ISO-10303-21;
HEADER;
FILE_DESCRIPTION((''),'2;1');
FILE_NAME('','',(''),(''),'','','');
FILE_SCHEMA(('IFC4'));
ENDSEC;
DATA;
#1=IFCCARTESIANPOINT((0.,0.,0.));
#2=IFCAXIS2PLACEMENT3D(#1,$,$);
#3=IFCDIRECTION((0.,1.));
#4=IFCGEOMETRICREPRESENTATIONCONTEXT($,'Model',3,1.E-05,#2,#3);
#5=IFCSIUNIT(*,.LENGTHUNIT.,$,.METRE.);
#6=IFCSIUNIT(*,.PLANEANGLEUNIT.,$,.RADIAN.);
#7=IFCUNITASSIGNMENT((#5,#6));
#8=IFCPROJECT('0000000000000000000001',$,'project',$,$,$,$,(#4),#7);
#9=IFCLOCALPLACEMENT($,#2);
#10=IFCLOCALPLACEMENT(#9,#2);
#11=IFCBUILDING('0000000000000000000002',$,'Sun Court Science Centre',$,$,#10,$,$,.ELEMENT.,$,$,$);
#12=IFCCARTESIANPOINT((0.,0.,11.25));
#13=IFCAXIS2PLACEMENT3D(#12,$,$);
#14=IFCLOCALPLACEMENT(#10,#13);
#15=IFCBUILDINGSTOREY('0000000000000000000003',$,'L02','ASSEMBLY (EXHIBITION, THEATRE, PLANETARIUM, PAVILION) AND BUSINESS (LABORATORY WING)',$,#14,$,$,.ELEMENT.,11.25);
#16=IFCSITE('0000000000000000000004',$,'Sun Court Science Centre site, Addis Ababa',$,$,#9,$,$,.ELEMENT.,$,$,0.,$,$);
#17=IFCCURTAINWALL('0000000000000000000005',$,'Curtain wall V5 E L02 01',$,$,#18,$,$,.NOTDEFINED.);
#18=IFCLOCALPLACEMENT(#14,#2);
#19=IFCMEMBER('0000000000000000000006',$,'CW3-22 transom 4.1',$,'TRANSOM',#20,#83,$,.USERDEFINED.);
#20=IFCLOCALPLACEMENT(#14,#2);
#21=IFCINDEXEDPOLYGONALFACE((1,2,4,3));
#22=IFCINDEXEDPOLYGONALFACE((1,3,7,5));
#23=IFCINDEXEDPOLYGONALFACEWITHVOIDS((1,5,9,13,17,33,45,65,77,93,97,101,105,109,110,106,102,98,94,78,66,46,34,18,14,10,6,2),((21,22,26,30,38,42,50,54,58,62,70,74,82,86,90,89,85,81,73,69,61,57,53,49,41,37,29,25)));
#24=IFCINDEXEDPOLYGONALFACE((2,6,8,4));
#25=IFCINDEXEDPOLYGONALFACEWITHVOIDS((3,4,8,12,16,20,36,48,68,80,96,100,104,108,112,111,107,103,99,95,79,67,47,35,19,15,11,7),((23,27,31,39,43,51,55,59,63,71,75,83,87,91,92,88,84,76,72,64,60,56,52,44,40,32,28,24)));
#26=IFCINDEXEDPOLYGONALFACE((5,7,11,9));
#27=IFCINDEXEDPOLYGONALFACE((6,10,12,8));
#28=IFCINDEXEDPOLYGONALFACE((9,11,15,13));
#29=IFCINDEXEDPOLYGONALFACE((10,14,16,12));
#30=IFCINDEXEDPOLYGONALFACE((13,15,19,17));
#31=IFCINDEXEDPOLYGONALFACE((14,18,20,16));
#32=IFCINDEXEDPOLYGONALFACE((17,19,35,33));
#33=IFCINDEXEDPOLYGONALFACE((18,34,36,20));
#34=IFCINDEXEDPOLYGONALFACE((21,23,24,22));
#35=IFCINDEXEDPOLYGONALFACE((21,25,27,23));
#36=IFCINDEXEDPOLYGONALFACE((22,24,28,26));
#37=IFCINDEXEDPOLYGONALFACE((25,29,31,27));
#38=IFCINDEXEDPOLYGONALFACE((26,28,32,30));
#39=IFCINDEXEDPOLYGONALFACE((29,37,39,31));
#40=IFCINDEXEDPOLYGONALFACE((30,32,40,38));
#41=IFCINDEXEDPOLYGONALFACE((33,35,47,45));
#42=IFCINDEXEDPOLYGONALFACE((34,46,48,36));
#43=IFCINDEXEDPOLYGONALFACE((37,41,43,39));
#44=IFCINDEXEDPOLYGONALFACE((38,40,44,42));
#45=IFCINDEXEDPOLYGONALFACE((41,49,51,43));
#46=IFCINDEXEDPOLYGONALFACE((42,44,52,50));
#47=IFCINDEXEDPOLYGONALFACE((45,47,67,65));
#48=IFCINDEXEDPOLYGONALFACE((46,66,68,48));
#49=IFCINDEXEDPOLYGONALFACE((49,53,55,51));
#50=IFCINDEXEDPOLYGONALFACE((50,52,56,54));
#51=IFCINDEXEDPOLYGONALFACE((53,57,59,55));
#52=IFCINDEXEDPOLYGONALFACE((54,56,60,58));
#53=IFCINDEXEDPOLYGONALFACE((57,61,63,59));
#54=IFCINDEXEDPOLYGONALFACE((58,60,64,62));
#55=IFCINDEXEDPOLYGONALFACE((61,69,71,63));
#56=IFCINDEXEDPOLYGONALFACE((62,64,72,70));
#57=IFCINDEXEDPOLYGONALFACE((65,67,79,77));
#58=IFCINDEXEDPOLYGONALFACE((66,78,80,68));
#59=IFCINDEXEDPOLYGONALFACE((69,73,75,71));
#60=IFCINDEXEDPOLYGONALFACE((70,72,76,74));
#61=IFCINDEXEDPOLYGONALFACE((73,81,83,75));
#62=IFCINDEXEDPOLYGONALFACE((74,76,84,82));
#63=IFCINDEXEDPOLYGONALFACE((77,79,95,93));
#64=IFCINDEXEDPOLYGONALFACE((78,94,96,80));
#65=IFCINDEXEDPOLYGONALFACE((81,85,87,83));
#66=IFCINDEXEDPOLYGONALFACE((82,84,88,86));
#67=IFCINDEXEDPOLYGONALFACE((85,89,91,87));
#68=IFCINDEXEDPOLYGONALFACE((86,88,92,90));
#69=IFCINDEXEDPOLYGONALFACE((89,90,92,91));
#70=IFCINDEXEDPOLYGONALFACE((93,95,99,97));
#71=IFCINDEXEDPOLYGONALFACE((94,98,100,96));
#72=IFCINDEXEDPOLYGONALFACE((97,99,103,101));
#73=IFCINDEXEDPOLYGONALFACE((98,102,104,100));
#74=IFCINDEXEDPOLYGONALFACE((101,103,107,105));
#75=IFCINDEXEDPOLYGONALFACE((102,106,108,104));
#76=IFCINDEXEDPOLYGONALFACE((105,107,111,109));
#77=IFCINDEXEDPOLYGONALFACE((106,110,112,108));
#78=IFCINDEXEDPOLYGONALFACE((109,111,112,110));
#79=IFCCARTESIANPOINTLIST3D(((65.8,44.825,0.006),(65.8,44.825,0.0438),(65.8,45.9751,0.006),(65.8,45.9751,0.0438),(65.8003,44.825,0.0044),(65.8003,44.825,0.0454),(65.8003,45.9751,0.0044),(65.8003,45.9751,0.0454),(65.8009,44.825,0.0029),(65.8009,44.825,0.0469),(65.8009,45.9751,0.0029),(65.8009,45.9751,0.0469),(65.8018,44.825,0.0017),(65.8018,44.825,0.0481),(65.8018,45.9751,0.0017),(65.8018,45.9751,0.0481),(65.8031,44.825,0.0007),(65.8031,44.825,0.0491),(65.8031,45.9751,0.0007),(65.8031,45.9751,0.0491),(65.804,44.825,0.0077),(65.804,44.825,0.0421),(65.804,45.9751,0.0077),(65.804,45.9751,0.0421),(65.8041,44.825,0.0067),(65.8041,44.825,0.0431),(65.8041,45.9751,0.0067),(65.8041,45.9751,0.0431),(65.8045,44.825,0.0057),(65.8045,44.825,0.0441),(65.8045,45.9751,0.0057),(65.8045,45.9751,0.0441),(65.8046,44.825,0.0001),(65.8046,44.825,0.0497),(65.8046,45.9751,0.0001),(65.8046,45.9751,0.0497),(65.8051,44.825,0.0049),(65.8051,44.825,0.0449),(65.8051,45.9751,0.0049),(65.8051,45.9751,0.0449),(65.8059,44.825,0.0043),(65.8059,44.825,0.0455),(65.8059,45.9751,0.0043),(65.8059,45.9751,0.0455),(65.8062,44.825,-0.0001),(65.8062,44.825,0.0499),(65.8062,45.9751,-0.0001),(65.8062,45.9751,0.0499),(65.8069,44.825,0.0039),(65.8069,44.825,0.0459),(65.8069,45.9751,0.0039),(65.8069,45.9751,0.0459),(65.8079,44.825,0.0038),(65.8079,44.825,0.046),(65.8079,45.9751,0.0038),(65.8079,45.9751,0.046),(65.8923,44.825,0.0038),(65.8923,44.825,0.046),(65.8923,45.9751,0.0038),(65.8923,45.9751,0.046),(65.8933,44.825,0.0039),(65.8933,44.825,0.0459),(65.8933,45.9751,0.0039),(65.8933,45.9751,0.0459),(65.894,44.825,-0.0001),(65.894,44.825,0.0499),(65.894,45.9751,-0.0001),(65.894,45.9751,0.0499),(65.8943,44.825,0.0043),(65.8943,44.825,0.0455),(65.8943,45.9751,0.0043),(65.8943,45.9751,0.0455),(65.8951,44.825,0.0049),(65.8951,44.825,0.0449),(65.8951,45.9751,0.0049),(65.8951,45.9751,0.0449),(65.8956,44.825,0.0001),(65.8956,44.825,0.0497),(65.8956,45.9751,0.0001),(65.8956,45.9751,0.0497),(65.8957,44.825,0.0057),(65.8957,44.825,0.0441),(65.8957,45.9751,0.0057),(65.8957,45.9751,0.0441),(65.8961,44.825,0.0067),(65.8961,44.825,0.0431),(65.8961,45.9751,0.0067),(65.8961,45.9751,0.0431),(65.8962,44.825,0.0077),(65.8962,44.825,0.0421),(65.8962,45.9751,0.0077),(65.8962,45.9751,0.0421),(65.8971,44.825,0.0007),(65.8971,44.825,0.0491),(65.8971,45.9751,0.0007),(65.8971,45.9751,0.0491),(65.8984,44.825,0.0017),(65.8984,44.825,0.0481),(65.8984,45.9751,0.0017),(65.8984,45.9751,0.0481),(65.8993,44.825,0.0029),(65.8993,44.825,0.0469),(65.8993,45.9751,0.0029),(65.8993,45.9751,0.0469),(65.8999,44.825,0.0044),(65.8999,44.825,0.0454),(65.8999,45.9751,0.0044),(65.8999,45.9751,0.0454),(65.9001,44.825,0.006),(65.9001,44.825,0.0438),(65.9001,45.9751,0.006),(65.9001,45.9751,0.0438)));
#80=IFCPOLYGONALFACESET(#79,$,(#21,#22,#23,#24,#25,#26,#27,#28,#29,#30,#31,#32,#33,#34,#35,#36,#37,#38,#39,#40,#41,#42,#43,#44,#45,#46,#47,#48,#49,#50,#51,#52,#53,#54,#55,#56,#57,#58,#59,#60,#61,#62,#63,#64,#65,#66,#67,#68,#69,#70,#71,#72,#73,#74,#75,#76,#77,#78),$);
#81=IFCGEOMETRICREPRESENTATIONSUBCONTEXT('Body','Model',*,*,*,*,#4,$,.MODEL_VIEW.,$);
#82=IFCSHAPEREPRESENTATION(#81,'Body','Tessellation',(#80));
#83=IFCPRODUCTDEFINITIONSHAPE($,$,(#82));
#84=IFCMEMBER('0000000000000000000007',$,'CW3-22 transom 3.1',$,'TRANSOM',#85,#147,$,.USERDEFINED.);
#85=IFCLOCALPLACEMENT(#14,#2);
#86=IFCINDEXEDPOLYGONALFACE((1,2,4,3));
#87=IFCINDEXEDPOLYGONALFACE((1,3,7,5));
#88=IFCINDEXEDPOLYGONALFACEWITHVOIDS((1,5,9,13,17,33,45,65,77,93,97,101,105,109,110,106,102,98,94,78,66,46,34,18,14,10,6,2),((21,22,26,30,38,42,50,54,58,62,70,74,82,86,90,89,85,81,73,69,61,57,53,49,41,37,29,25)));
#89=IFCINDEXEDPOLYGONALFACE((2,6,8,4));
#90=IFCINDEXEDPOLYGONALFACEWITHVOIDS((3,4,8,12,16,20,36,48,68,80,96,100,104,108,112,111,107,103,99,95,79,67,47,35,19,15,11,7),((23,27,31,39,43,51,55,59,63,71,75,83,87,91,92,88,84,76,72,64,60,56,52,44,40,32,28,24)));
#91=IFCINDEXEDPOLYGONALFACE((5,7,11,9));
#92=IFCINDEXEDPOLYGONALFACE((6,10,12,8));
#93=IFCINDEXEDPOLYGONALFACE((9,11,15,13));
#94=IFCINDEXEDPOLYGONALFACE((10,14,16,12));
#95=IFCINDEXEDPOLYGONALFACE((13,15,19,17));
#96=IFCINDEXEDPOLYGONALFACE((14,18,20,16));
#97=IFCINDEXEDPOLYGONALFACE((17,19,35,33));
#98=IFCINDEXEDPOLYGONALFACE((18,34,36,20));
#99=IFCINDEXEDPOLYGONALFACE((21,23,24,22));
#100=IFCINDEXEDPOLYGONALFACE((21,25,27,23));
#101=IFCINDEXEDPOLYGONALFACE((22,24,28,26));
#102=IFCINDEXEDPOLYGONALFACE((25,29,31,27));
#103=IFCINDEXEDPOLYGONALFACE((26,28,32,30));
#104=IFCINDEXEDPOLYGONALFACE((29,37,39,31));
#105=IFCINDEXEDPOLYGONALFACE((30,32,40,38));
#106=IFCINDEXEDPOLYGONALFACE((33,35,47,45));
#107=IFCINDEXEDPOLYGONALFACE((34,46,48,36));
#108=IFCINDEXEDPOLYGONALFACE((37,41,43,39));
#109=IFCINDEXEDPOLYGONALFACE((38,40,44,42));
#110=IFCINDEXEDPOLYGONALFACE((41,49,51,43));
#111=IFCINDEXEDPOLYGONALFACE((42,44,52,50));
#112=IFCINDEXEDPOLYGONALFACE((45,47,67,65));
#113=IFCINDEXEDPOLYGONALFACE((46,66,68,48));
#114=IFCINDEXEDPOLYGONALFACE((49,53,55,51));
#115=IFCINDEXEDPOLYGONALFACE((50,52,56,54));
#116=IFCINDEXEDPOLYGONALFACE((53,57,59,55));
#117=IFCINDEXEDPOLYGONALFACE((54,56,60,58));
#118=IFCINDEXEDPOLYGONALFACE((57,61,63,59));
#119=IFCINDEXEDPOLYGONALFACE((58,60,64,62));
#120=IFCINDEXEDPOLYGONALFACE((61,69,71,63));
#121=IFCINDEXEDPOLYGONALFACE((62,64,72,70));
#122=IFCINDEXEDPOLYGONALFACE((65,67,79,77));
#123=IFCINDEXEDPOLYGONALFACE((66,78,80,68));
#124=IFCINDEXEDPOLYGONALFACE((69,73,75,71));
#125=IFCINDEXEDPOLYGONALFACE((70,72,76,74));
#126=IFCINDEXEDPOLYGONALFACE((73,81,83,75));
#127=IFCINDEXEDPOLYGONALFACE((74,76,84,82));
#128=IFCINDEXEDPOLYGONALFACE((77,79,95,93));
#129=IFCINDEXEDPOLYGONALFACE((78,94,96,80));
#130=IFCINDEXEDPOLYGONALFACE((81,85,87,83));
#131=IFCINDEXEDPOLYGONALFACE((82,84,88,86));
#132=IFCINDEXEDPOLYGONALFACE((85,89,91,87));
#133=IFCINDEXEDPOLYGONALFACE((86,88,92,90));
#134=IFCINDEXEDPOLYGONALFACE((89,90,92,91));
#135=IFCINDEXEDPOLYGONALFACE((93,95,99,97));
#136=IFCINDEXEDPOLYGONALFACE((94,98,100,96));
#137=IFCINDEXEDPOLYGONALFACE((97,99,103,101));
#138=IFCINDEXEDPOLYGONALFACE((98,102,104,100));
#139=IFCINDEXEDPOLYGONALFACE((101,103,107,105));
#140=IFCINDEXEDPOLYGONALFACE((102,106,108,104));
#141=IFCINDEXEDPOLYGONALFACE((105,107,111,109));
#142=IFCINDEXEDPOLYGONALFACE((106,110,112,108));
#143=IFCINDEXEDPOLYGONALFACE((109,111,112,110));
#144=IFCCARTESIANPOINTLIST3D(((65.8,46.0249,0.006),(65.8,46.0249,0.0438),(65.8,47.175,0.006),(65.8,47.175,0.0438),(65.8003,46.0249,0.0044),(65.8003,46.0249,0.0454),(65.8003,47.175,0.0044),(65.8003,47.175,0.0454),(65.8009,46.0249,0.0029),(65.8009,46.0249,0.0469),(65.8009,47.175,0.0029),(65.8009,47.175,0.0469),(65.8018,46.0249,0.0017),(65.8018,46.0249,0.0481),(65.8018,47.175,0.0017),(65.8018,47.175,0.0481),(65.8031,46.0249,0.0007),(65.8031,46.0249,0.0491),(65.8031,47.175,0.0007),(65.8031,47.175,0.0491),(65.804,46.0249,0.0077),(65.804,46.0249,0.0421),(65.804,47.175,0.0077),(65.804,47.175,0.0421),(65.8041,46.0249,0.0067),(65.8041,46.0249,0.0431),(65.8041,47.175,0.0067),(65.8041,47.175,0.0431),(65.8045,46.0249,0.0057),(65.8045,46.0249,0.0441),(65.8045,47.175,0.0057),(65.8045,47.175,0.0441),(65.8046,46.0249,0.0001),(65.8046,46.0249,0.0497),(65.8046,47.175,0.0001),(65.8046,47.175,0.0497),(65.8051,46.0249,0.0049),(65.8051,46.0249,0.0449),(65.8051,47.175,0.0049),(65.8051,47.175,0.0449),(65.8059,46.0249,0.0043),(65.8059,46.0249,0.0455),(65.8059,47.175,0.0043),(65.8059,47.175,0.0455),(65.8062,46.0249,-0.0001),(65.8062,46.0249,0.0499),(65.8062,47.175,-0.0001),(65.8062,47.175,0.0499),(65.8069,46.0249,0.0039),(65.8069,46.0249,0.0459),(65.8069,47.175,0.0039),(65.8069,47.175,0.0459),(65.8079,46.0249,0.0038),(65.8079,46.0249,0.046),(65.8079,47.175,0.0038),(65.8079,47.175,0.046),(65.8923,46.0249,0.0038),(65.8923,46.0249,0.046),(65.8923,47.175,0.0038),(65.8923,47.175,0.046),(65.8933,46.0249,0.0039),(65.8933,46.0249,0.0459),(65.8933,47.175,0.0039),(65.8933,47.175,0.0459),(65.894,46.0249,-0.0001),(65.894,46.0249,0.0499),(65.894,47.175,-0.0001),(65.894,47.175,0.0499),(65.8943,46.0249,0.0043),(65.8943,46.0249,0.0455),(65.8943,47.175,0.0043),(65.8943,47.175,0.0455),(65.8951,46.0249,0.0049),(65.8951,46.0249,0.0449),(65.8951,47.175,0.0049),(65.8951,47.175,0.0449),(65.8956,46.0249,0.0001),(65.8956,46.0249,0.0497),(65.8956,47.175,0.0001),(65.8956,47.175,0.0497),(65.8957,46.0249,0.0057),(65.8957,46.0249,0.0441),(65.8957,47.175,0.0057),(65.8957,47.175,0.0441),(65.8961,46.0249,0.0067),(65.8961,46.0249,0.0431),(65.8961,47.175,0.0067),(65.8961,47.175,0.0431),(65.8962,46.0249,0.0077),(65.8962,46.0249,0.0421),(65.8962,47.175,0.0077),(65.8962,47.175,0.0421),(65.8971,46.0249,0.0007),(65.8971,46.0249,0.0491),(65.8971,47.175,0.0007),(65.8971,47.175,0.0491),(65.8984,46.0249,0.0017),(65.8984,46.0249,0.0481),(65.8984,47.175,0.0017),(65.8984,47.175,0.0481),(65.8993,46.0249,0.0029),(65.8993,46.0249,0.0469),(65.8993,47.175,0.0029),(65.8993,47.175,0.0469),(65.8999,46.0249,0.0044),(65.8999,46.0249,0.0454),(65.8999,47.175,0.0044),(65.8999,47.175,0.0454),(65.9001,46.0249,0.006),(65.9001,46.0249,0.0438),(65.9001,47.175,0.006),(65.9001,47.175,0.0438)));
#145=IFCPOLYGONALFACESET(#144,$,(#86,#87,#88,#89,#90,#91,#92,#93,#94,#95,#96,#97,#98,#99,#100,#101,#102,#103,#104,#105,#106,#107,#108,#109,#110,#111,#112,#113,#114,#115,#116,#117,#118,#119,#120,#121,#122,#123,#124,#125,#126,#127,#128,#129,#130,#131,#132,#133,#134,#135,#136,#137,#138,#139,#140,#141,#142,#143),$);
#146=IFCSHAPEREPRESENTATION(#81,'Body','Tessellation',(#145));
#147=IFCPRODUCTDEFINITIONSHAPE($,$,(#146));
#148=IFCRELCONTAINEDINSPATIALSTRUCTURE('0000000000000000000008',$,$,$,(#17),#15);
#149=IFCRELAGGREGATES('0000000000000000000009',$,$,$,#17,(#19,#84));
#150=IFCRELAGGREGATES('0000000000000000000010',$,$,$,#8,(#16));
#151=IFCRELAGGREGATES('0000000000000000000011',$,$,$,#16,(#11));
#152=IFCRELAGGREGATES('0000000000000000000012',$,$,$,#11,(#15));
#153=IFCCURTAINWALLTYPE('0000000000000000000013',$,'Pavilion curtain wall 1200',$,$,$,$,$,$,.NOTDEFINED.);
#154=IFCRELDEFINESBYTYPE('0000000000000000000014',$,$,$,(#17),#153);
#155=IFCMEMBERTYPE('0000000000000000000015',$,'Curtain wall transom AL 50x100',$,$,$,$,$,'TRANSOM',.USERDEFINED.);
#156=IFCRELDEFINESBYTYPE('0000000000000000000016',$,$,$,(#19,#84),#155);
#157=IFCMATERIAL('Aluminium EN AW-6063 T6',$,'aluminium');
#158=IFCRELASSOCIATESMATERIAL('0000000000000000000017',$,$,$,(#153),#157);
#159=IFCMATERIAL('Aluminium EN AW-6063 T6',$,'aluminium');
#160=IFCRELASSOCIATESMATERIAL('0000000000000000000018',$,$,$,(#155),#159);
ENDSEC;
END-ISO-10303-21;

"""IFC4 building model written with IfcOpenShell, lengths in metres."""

from ifc_helpers import new_model, si_unit, direction, frame, origin, origin_2d, place, context, subcontext, project, spatial, hollow_rectangle, extrude, material, material_profile, profile_set, type_object, element, aggregate, save


model = new_model("IFC4")

# Units and contexts
model_context = context("Model", 3, precision=1e-05, world=origin(), true_north=direction((0.0, 1.0)))
body_context = subcontext(model_context, "Body", "Model", "MODEL_VIEW")
ifc_project = project(units=[si_unit("LENGTHUNIT", "METRE"), si_unit("PLANEANGLEUNIT", "RADIAN")], contexts=[model_context])

# Site, building, storey
site_placement = place(None, origin())
site = spatial("IfcSite", under=ifc_project, at=site_placement, Name="Sun Court Science Centre site, Addis Ababa", CompositionType="ELEMENT", RefElevation=0.0)
building_placement = place(site_placement, origin())
building = spatial("IfcBuilding", under=site, at=building_placement, Name="Sun Court Science Centre", CompositionType="ELEMENT")
storey_placement = place(building_placement, frame((0.0, 0.0, 11.25)))
storey = spatial("IfcBuildingStorey", under=building, at=storey_placement, Name="L02", Description="ASSEMBLY (EXHIBITION, THEATRE, PLANETARIUM, PAVILION) AND BUSINESS (LABORATORY WING)", CompositionType="ELEMENT", Elevation=11.25)

# Curtain wall, members
ifc_material_1 = material(Name="Aluminium EN AW-6063 T6", Category="aluminium")
curtain_wall_type = type_object("IfcCurtainWallType", Name="Pavilion curtain wall 1200", PredefinedType="NOTDEFINED", material=ifc_material_1)
curtain_wall_placement = place(storey_placement, origin())
curtain_wall = element("IfcCurtainWall", 1, at=curtain_wall_placement, inside=storey, type_object=curtain_wall_type, Name="Curtain wall V5 E L02 01", PredefinedType="NOTDEFINED")
ifc_material_2 = material(Name="Aluminium EN AW-6063 T6", Category="aluminium")
ifc_material_profile_1 = material_profile(ifc_material_2, hollow_rectangle(XDim=0.05, YDim=0.1001, WallThickness=0.0039, InnerFilletRadius=0.0039, OuterFilletRadius=0.0061, at=origin_2d()), Name="AL 50x100x4")
ifc_profile_set_1 = profile_set([ifc_material_profile_1], Name="Aluminium EN AW-6063 T6")
member_type_1 = type_object("IfcMemberType", Name="Curtain wall transom AL 50x100", ElementType="TRANSOM", PredefinedType="USERDEFINED", material=ifc_profile_set_1)
member_1_placement = place(storey_placement, frame((65.8501, 45.9751, 0.0249), z_axis=(0.0, -1.0, 0.0), x_axis=(0.0, 0.0, 1.0)))
member_1 = element("IfcMember", 2, at=member_1_placement, type_object=member_type_1, Name="CW3-22 transom 4.1", ObjectType="TRANSOM", PredefinedType="USERDEFINED", context=body_context, shape_type="SweptSolid", body=[
    extrude(hollow_rectangle(XDim=0.05, YDim=0.1001, WallThickness=0.0039, InnerFilletRadius=0.0039, OuterFilletRadius=0.0061, at=origin_2d()), origin(), (0.0, 0.0, 1.0), 1.1501),
])
member_2_placement = place(storey_placement, frame((65.8501, 47.175, 0.0249), z_axis=(0.0, -1.0, 0.0), x_axis=(0.0, 0.0, 1.0)))
member_2 = element("IfcMember", 3, at=member_2_placement, type_object=member_type_1, Name="CW3-22 transom 3.1", ObjectType="TRANSOM", PredefinedType="USERDEFINED", context=body_context, shape_type="SweptSolid", body=[
    extrude(hollow_rectangle(XDim=0.05, YDim=0.1001, WallThickness=0.0039, InnerFilletRadius=0.0039, OuterFilletRadius=0.0061, at=origin_2d()), origin(), (0.0, 0.0, 1.0), 1.1501),
])
aggregate(curtain_wall, [member_1, member_2])

save(model, "model.ifc")
